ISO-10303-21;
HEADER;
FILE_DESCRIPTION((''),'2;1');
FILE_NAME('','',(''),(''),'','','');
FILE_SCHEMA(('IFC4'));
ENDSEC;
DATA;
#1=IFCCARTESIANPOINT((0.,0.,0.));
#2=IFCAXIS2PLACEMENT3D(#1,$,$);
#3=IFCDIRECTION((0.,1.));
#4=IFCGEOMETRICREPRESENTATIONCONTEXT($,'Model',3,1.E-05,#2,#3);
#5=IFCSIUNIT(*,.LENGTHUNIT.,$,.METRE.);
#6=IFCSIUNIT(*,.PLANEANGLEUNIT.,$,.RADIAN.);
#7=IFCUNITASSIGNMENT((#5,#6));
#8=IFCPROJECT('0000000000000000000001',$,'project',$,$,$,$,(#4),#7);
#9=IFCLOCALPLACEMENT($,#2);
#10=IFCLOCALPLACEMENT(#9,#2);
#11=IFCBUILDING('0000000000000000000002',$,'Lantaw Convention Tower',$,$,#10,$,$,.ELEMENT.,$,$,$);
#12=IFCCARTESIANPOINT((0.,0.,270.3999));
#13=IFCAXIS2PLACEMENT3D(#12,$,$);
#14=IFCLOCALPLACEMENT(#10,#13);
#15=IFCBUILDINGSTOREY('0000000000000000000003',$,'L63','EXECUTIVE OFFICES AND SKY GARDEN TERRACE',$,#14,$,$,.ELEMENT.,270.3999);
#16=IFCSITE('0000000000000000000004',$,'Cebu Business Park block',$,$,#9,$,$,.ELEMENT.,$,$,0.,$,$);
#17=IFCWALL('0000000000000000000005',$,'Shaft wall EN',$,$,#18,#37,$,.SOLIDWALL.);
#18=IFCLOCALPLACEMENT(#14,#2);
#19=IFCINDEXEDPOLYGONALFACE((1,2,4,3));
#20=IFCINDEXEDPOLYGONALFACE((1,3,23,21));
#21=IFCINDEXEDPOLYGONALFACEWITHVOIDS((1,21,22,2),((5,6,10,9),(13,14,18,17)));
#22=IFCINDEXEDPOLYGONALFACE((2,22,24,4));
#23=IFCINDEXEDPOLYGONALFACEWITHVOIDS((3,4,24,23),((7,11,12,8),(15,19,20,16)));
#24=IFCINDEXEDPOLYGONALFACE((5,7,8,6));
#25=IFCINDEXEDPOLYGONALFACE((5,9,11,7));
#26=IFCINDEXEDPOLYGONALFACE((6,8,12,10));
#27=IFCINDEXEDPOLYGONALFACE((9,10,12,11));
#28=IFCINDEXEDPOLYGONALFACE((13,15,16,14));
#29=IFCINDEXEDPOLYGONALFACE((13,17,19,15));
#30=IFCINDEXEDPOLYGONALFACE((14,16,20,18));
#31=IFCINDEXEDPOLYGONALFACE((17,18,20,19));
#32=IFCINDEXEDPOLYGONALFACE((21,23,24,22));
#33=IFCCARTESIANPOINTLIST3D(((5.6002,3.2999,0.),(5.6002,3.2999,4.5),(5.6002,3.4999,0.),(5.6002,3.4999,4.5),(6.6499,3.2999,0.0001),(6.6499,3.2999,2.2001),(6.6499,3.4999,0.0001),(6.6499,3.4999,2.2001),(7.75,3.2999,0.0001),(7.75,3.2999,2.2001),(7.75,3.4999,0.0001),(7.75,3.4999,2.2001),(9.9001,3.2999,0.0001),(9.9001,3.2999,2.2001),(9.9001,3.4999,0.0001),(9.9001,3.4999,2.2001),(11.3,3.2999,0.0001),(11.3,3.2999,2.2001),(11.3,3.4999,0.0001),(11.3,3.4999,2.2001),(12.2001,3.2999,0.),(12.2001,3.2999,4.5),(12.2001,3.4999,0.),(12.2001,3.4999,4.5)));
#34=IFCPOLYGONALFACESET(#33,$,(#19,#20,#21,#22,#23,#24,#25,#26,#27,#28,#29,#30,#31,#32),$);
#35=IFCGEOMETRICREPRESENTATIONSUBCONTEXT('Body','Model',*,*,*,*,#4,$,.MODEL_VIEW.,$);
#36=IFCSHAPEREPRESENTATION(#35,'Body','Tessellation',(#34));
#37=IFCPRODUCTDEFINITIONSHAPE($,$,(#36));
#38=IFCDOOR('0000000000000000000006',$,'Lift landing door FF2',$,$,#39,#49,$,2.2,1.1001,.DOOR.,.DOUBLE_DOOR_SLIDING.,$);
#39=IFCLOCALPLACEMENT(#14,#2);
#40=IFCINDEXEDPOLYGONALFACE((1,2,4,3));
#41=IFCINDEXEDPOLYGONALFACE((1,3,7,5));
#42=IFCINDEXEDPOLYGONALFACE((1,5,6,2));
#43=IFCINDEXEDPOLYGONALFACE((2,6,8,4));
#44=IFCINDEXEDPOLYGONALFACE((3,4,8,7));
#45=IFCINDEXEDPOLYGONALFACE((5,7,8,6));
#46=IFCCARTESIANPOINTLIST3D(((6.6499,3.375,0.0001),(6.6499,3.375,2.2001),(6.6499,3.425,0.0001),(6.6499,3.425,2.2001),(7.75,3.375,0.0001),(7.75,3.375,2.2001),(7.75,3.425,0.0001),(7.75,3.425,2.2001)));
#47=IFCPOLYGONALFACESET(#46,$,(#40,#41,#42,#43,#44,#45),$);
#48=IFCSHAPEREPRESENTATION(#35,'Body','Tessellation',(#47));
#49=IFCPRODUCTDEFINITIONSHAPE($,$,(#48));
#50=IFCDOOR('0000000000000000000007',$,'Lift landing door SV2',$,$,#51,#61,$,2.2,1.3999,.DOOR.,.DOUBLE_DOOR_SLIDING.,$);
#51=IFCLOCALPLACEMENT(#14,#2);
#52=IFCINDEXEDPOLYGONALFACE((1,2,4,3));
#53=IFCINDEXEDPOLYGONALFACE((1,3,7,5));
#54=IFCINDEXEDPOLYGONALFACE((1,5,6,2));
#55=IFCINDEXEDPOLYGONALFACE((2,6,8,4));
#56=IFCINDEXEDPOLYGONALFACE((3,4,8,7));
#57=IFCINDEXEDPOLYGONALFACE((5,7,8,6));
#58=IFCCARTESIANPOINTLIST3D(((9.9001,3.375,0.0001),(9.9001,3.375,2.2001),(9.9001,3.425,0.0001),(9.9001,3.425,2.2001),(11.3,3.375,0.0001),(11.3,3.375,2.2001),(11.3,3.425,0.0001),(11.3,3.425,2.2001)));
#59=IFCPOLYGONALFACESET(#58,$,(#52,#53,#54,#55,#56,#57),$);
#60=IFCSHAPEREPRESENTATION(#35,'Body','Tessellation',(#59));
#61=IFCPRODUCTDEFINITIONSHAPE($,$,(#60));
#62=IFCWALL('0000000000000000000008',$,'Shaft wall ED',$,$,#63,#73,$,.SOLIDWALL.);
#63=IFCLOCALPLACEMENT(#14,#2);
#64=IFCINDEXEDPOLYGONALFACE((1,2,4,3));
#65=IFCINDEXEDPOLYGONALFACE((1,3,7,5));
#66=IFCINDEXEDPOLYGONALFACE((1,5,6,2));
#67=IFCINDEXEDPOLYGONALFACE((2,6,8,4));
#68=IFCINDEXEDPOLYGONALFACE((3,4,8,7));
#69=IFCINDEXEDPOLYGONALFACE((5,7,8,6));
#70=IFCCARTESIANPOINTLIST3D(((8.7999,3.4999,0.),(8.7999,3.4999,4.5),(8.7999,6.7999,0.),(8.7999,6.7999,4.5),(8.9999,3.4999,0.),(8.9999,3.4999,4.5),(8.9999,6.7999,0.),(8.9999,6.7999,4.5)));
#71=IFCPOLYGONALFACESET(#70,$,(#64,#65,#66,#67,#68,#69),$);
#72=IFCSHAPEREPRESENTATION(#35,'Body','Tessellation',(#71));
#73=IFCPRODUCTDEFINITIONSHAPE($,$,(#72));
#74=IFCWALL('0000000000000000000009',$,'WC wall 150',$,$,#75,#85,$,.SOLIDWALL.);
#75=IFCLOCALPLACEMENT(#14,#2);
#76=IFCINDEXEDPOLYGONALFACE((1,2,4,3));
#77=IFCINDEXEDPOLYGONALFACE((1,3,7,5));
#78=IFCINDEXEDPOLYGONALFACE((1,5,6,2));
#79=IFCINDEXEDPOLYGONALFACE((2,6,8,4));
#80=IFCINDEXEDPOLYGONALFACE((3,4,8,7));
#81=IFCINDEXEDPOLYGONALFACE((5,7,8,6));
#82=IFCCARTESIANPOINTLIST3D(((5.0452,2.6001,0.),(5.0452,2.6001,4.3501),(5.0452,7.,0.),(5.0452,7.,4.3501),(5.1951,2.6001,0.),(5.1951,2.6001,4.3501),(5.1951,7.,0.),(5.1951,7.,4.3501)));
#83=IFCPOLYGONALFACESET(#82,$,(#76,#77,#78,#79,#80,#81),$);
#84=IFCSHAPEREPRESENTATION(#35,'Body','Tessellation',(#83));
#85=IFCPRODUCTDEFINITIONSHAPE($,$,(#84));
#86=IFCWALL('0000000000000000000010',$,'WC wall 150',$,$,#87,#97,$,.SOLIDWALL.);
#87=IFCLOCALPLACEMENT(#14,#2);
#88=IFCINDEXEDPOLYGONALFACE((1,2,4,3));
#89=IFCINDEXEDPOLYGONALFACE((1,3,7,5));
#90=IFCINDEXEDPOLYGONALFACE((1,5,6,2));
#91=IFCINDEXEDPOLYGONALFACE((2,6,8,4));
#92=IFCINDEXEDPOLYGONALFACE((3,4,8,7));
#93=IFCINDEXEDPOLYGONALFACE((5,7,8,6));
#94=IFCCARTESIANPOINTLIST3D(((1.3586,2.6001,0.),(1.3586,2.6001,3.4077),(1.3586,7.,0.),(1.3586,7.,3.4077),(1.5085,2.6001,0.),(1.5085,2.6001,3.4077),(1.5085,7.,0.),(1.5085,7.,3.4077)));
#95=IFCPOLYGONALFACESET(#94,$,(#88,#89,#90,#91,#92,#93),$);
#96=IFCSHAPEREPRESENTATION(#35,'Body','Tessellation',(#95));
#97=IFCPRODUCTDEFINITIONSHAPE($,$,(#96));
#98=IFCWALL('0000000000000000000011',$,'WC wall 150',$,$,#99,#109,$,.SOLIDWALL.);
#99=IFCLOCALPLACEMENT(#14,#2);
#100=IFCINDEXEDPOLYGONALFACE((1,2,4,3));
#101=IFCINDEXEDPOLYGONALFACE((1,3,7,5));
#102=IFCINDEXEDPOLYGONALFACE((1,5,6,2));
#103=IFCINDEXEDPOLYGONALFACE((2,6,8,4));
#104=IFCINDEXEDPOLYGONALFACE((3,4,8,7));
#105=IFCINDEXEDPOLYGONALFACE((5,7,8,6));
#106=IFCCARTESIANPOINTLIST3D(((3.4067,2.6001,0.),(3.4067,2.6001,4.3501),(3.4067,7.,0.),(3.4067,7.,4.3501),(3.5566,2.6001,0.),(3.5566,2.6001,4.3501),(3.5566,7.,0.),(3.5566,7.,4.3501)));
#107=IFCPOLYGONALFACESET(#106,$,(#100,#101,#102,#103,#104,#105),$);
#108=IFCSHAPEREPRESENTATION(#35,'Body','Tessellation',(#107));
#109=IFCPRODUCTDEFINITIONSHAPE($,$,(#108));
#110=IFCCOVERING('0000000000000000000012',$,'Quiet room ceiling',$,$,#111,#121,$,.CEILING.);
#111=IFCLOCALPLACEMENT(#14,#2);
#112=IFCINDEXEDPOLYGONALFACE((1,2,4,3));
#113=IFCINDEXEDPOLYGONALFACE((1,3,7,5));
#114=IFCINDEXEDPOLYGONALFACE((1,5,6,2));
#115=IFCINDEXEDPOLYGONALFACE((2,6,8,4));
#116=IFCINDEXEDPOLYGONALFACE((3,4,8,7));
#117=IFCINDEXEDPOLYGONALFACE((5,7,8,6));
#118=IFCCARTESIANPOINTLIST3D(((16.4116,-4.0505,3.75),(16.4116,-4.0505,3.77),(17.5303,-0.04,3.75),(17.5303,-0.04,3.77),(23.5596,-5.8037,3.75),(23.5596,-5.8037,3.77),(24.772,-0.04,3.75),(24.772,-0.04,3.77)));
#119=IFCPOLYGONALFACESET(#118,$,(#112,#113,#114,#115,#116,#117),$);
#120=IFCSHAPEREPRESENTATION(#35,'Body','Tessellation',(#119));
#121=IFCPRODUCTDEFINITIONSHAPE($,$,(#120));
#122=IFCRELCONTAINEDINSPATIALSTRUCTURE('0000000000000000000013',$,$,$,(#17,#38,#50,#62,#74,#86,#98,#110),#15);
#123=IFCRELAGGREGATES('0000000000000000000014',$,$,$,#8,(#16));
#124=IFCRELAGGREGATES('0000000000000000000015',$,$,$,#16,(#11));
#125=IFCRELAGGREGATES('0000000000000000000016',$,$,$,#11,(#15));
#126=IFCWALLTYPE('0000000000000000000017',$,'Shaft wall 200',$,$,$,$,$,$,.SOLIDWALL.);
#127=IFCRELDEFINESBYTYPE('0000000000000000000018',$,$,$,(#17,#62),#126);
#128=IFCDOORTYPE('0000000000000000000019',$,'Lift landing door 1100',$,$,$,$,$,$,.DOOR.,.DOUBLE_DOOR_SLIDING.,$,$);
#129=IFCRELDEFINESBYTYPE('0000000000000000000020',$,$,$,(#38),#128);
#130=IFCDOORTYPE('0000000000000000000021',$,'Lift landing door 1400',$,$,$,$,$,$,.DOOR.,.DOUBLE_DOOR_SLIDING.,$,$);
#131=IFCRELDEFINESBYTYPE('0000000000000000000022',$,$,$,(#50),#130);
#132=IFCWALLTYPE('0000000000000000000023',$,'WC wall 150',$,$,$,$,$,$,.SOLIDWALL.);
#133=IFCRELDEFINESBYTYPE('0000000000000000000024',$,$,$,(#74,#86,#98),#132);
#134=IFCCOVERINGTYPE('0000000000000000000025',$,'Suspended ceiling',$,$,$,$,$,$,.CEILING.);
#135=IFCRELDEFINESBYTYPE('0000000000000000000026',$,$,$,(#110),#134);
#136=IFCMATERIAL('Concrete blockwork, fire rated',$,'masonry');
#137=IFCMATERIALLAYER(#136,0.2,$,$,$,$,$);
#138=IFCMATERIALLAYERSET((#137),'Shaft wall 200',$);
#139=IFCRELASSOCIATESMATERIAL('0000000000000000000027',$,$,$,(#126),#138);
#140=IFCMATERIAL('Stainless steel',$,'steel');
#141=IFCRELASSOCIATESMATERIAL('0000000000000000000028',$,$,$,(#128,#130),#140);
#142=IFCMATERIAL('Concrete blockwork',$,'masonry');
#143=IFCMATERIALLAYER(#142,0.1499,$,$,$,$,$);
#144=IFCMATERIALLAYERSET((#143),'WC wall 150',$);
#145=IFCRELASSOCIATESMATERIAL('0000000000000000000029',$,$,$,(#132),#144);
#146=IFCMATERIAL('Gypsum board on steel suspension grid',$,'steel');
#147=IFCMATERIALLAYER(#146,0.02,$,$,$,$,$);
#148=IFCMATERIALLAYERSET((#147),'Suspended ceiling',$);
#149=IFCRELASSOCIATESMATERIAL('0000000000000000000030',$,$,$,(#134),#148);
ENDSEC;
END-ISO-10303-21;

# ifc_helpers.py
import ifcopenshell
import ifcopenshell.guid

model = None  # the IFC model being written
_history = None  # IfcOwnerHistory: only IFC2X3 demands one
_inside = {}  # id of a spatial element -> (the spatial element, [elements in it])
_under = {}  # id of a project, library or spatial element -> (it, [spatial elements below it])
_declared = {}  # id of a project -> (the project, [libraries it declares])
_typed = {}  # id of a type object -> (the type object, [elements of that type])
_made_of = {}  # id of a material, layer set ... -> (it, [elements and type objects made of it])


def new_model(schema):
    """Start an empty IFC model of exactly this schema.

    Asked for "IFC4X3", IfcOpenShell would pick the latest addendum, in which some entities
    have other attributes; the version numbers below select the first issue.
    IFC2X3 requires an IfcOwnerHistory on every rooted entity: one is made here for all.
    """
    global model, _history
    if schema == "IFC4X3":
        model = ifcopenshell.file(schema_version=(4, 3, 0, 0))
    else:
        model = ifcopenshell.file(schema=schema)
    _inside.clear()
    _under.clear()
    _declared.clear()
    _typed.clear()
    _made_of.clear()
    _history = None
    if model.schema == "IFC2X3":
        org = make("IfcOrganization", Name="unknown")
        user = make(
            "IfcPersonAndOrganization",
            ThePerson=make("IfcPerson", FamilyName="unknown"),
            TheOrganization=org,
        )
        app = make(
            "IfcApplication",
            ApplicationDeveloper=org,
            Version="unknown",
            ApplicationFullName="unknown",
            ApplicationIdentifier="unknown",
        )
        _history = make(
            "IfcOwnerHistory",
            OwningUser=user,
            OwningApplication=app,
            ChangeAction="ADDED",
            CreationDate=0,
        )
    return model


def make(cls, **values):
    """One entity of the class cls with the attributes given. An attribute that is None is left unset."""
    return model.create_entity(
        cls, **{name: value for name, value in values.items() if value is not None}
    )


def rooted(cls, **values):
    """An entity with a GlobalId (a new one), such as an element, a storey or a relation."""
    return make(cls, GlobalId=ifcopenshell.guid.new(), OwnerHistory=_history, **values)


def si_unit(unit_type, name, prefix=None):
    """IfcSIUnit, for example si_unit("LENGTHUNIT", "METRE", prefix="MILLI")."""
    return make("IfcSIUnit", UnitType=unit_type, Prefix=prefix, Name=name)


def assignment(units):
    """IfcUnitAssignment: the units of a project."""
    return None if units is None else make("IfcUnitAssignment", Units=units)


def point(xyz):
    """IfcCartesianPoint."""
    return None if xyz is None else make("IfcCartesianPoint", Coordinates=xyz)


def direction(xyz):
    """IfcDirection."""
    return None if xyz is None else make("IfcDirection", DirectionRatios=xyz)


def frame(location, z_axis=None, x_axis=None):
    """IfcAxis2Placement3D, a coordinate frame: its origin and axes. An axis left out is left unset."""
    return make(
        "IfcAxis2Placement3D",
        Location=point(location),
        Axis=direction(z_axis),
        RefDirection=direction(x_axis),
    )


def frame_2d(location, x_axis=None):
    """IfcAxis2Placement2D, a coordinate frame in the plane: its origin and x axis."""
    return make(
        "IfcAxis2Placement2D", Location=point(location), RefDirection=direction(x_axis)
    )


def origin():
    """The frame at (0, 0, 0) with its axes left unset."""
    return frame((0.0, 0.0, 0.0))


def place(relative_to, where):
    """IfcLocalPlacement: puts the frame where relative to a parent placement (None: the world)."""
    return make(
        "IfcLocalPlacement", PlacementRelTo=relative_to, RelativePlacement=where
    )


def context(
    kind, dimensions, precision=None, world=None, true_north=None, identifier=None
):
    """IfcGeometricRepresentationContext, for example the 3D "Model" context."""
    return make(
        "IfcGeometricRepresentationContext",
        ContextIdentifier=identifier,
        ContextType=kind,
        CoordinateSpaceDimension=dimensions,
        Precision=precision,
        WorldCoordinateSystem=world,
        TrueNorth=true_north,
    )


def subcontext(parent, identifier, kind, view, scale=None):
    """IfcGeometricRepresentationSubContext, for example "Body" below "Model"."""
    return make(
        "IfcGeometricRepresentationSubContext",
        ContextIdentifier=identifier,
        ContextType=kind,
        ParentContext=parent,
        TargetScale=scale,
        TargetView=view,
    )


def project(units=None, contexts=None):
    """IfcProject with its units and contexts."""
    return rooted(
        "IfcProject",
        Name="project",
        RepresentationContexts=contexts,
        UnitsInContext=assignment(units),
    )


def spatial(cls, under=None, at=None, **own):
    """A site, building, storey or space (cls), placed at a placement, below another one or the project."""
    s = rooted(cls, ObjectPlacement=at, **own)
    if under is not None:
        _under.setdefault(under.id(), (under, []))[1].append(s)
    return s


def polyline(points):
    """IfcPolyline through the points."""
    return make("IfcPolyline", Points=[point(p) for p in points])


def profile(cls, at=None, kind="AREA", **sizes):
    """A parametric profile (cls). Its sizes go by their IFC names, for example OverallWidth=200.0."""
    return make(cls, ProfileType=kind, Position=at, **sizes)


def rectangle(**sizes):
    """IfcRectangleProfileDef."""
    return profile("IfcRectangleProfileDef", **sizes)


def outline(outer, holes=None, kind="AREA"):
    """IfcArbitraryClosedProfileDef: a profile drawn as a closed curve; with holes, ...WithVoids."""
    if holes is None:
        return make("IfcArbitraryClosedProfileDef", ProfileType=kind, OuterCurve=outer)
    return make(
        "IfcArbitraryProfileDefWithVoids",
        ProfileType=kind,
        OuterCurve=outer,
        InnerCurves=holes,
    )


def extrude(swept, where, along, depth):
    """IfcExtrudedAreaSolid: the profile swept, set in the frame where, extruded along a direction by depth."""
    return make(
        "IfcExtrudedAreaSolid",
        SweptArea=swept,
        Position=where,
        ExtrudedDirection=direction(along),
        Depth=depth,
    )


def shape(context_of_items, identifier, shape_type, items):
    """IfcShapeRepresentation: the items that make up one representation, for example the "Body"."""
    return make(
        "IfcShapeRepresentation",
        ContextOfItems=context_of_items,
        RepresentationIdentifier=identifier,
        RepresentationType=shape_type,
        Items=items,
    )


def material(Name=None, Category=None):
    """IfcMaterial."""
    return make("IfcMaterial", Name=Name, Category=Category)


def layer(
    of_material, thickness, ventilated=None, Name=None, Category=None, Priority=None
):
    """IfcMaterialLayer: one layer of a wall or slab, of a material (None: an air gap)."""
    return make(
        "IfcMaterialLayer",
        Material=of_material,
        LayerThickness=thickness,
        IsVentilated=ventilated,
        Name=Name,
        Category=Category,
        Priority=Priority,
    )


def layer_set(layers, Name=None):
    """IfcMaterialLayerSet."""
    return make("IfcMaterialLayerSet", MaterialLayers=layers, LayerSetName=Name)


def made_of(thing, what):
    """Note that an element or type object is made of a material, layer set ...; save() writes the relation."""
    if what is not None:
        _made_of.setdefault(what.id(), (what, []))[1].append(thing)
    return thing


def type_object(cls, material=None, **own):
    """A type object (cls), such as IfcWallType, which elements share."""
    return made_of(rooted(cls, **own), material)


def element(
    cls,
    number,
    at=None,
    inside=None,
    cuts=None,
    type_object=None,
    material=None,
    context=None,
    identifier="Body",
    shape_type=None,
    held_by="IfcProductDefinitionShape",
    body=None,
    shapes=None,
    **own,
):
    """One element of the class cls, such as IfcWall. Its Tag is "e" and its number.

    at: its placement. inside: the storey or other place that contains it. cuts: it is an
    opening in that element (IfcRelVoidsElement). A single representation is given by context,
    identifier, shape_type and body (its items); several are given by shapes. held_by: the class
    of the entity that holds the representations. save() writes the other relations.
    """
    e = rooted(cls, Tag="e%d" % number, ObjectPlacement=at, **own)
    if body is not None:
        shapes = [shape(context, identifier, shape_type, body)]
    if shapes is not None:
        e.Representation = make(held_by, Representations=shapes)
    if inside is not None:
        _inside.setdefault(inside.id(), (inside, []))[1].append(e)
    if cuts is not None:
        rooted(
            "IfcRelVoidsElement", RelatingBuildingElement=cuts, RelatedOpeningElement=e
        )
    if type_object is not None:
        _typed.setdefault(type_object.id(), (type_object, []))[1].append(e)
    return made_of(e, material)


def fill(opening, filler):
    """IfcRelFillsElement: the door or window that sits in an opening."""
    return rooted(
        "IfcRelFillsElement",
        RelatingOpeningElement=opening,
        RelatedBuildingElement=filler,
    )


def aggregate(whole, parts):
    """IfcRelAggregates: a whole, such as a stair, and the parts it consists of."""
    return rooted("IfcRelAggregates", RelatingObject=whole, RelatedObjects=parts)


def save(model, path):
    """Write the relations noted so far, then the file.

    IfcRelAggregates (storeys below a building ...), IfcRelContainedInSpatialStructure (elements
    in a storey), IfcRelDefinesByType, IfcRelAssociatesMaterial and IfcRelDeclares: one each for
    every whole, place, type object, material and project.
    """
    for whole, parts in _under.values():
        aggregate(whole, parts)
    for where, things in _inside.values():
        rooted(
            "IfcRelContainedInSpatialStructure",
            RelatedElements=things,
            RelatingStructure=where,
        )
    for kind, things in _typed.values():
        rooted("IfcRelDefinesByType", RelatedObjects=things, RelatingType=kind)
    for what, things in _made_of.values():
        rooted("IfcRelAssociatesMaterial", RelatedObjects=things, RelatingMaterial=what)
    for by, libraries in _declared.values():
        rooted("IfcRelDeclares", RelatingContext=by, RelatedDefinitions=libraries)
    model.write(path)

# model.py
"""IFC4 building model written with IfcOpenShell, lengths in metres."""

from ifc_helpers import new_model, si_unit, direction, frame, frame_2d, origin, place, context, subcontext, project, spatial, polyline, rectangle, outline, extrude, material, layer, layer_set, type_object, element, fill, save


model = new_model("IFC4")

# Units and contexts
model_context = context("Model", 3, precision=1e-05, world=origin(), true_north=direction((0.0, 1.0)))
body_context = subcontext(model_context, "Body", "Model", "MODEL_VIEW")
ifc_project = project(units=[si_unit("LENGTHUNIT", "METRE"), si_unit("PLANEANGLEUNIT", "RADIAN")], contexts=[model_context])

# Site, building, storey
site_placement = place(None, origin())
site = spatial("IfcSite", under=ifc_project, at=site_placement, Name="Cebu Business Park block", CompositionType="ELEMENT", RefElevation=0.0)
building_placement = place(site_placement, origin())
building = spatial("IfcBuilding", under=site, at=building_placement, Name="Lantaw Convention Tower", CompositionType="ELEMENT")
storey_placement = place(building_placement, frame((0.0, 0.0, 270.3999)))
storey = spatial("IfcBuildingStorey", under=building, at=storey_placement, Name="L63", Description="EXECUTIVE OFFICES AND SKY GARDEN TERRACE", CompositionType="ELEMENT", Elevation=270.3999)

# Wall, openings, doors
ifc_material_1 = material(Name="Concrete blockwork, fire rated", Category="masonry")
ifc_layer_1 = layer(ifc_material_1, 0.2)
ifc_layer_set_1 = layer_set([ifc_layer_1], Name="Shaft wall 200")
wall_type_1 = type_object("IfcWallType", Name="Shaft wall 200", PredefinedType="SOLIDWALL", material=ifc_layer_set_1)
wall_1_placement = place(storey_placement, frame((12.2, 3.3999, 0.0), z_axis=(0.0, 0.0, 1.0), x_axis=(-1.0, 0.0, 0.0)))
wall_1 = element("IfcWall", 1, at=wall_1_placement, inside=storey, type_object=wall_type_1, Name="Shaft wall EN", PredefinedType="SOLIDWALL", context=body_context, shape_type="SweptSolid", body=[
    extrude(rectangle(XDim=6.5999, YDim=0.2, at=frame_2d((3.2998, 0.0))), origin(), (0.0, 0.0, 1.0), 4.5),
])
opening_1_placement = place(wall_1_placement, frame((4.45, 0.0, 0.0)))
opening_1 = element("IfcOpeningElement", 2, at=opening_1_placement, cuts=wall_1, PredefinedType="OPENING", context=body_context, shape_type="SweptSolid", body=[
    extrude(rectangle(XDim=1.1001, YDim=2.2, at=frame_2d((0.55, 1.1001))), frame((0.0, 0.1099, 0.0), z_axis=(0.0, -1.0, 0.0), x_axis=(1.0, 0.0, 0.0)), (0.0, 0.0, 1.0), 0.22),
])
opening_2_placement = place(wall_1_placement, frame((0.8999, 0.0, 0.0)))
opening_2 = element("IfcOpeningElement", 3, at=opening_2_placement, cuts=wall_1, PredefinedType="OPENING", context=body_context, shape_type="SweptSolid", body=[
    extrude(rectangle(XDim=1.3999, YDim=2.2, at=frame_2d((0.7, 1.1001))), frame((0.0, 0.1099, 0.0), z_axis=(0.0, -1.0, 0.0), x_axis=(1.0, 0.0, 0.0)), (0.0, 0.0, 1.0), 0.22),
])
ifc_material_2 = material(Name="Stainless steel", Category="steel")
door_type_1 = type_object("IfcDoorType", Name="Lift landing door 1100", OperationType="DOUBLE_DOOR_SLIDING", PredefinedType="DOOR", material=ifc_material_2)
door_1_placement = place(opening_1_placement, origin())
door_1 = element("IfcDoor", 4, at=door_1_placement, inside=storey, type_object=door_type_1, Name="Lift landing door FF2", OperationType="DOUBLE_DOOR_SLIDING", OverallHeight=2.2, OverallWidth=1.1001, PredefinedType="DOOR", context=body_context, shape_type="SweptSolid", body=[
    extrude(rectangle(XDim=1.1001, YDim=2.2, at=frame_2d((0.55, 1.1001))), frame((0.0, 0.0249, 0.0), z_axis=(0.0, -1.0, 0.0), x_axis=(1.0, 0.0, 0.0)), (0.0, 0.0, 1.0), 0.05),
])
fill(opening_1, door_1)
door_type_2 = type_object("IfcDoorType", Name="Lift landing door 1400", OperationType="DOUBLE_DOOR_SLIDING", PredefinedType="DOOR", material=ifc_material_2)
door_2_placement = place(opening_2_placement, origin())
door_2 = element("IfcDoor", 5, at=door_2_placement, inside=storey, type_object=door_type_2, Name="Lift landing door SV2", OperationType="DOUBLE_DOOR_SLIDING", OverallHeight=2.2, OverallWidth=1.3999, PredefinedType="DOOR", context=body_context, shape_type="SweptSolid", body=[
    extrude(rectangle(XDim=1.3999, YDim=2.2, at=frame_2d((0.7, 1.1001))), frame((0.0, 0.0249, 0.0), z_axis=(0.0, -1.0, 0.0), x_axis=(1.0, 0.0, 0.0)), (0.0, 0.0, 1.0), 0.05),
])
fill(opening_2, door_2)

# Walls
wall_2_placement = place(storey_placement, frame((8.8999, 3.5, 0.0), z_axis=(0.0, 0.0, 1.0), x_axis=(0.0, 1.0, 0.0)))
element("IfcWall", 6, at=wall_2_placement, inside=storey, type_object=wall_type_1, Name="Shaft wall ED", PredefinedType="SOLIDWALL", context=body_context, shape_type="SweptSolid", body=[
    extrude(rectangle(XDim=3.3, YDim=0.2, at=frame_2d((1.6499, 0.0))), origin(), (0.0, 0.0, 1.0), 4.5),
])
ifc_material_3 = material(Name="Concrete blockwork", Category="masonry")
ifc_layer_2 = layer(ifc_material_3, 0.1499)
ifc_layer_set_2 = layer_set([ifc_layer_2], Name="WC wall 150")
wall_type_2 = type_object("IfcWallType", Name="WC wall 150", PredefinedType="SOLIDWALL", material=ifc_layer_set_2)
wall_3_placement = place(storey_placement, frame((5.1201, 2.6001, 0.0), z_axis=(0.0, 0.0, 1.0), x_axis=(0.0, 1.0, 0.0)))
element("IfcWall", 7, at=wall_3_placement, inside=storey, type_object=wall_type_2, Name="WC wall 150", PredefinedType="SOLIDWALL", context=body_context, shape_type="SweptSolid", body=[
    extrude(rectangle(XDim=4.3999, YDim=0.1499, at=frame_2d((2.2, 0.0))), origin(), (0.0, 0.0, 1.0), 4.3501),
])
wall_4_placement = place(storey_placement, frame((1.4336, 2.6001, 0.0), z_axis=(0.0, 0.0, 1.0), x_axis=(0.0, 1.0, 0.0)))
element("IfcWall", 8, at=wall_4_placement, inside=storey, type_object=wall_type_2, Name="WC wall 150", PredefinedType="SOLIDWALL", context=body_context, shape_type="SweptSolid", body=[
    extrude(rectangle(XDim=4.3999, YDim=0.1499, at=frame_2d((2.2, 0.0))), origin(), (0.0, 0.0, 1.0), 3.4077),
])
wall_5_placement = place(storey_placement, frame((3.4817, 2.6001, 0.0), z_axis=(0.0, 0.0, 1.0), x_axis=(0.0, 1.0, 0.0)))
element("IfcWall", 9, at=wall_5_placement, inside=storey, type_object=wall_type_2, Name="WC wall 150", PredefinedType="SOLIDWALL", context=body_context, shape_type="SweptSolid", body=[
    extrude(rectangle(XDim=4.3999, YDim=0.1499, at=frame_2d((2.2, 0.0))), origin(), (0.0, 0.0, 1.0), 4.3501),
])

# Covering
ifc_material_4 = material(Name="Gypsum board on steel suspension grid", Category="steel")
ifc_layer_3 = layer(ifc_material_4, 0.02)
ifc_layer_set_3 = layer_set([ifc_layer_3], Name="Suspended ceiling")
covering_type = type_object("IfcCoveringType", Name="Suspended ceiling", PredefinedType="CEILING", material=ifc_layer_set_3)
covering_placement = place(storey_placement, frame((0.0, 0.0, 3.75)))
element("IfcCovering", 10, at=covering_placement, inside=storey, type_object=covering_type, Name="Quiet room ceiling", PredefinedType="CEILING", context=body_context, shape_type="SweptSolid", body=[
    extrude(outline(polyline([(16.4116, -4.0505), (23.5596, -5.8037), (24.772, -0.04), (17.5303, -0.04), (16.4116, -4.0505)])), origin(), (0.0, 0.0, 1.0), 0.02),
])

save(model, "model.ifc")
